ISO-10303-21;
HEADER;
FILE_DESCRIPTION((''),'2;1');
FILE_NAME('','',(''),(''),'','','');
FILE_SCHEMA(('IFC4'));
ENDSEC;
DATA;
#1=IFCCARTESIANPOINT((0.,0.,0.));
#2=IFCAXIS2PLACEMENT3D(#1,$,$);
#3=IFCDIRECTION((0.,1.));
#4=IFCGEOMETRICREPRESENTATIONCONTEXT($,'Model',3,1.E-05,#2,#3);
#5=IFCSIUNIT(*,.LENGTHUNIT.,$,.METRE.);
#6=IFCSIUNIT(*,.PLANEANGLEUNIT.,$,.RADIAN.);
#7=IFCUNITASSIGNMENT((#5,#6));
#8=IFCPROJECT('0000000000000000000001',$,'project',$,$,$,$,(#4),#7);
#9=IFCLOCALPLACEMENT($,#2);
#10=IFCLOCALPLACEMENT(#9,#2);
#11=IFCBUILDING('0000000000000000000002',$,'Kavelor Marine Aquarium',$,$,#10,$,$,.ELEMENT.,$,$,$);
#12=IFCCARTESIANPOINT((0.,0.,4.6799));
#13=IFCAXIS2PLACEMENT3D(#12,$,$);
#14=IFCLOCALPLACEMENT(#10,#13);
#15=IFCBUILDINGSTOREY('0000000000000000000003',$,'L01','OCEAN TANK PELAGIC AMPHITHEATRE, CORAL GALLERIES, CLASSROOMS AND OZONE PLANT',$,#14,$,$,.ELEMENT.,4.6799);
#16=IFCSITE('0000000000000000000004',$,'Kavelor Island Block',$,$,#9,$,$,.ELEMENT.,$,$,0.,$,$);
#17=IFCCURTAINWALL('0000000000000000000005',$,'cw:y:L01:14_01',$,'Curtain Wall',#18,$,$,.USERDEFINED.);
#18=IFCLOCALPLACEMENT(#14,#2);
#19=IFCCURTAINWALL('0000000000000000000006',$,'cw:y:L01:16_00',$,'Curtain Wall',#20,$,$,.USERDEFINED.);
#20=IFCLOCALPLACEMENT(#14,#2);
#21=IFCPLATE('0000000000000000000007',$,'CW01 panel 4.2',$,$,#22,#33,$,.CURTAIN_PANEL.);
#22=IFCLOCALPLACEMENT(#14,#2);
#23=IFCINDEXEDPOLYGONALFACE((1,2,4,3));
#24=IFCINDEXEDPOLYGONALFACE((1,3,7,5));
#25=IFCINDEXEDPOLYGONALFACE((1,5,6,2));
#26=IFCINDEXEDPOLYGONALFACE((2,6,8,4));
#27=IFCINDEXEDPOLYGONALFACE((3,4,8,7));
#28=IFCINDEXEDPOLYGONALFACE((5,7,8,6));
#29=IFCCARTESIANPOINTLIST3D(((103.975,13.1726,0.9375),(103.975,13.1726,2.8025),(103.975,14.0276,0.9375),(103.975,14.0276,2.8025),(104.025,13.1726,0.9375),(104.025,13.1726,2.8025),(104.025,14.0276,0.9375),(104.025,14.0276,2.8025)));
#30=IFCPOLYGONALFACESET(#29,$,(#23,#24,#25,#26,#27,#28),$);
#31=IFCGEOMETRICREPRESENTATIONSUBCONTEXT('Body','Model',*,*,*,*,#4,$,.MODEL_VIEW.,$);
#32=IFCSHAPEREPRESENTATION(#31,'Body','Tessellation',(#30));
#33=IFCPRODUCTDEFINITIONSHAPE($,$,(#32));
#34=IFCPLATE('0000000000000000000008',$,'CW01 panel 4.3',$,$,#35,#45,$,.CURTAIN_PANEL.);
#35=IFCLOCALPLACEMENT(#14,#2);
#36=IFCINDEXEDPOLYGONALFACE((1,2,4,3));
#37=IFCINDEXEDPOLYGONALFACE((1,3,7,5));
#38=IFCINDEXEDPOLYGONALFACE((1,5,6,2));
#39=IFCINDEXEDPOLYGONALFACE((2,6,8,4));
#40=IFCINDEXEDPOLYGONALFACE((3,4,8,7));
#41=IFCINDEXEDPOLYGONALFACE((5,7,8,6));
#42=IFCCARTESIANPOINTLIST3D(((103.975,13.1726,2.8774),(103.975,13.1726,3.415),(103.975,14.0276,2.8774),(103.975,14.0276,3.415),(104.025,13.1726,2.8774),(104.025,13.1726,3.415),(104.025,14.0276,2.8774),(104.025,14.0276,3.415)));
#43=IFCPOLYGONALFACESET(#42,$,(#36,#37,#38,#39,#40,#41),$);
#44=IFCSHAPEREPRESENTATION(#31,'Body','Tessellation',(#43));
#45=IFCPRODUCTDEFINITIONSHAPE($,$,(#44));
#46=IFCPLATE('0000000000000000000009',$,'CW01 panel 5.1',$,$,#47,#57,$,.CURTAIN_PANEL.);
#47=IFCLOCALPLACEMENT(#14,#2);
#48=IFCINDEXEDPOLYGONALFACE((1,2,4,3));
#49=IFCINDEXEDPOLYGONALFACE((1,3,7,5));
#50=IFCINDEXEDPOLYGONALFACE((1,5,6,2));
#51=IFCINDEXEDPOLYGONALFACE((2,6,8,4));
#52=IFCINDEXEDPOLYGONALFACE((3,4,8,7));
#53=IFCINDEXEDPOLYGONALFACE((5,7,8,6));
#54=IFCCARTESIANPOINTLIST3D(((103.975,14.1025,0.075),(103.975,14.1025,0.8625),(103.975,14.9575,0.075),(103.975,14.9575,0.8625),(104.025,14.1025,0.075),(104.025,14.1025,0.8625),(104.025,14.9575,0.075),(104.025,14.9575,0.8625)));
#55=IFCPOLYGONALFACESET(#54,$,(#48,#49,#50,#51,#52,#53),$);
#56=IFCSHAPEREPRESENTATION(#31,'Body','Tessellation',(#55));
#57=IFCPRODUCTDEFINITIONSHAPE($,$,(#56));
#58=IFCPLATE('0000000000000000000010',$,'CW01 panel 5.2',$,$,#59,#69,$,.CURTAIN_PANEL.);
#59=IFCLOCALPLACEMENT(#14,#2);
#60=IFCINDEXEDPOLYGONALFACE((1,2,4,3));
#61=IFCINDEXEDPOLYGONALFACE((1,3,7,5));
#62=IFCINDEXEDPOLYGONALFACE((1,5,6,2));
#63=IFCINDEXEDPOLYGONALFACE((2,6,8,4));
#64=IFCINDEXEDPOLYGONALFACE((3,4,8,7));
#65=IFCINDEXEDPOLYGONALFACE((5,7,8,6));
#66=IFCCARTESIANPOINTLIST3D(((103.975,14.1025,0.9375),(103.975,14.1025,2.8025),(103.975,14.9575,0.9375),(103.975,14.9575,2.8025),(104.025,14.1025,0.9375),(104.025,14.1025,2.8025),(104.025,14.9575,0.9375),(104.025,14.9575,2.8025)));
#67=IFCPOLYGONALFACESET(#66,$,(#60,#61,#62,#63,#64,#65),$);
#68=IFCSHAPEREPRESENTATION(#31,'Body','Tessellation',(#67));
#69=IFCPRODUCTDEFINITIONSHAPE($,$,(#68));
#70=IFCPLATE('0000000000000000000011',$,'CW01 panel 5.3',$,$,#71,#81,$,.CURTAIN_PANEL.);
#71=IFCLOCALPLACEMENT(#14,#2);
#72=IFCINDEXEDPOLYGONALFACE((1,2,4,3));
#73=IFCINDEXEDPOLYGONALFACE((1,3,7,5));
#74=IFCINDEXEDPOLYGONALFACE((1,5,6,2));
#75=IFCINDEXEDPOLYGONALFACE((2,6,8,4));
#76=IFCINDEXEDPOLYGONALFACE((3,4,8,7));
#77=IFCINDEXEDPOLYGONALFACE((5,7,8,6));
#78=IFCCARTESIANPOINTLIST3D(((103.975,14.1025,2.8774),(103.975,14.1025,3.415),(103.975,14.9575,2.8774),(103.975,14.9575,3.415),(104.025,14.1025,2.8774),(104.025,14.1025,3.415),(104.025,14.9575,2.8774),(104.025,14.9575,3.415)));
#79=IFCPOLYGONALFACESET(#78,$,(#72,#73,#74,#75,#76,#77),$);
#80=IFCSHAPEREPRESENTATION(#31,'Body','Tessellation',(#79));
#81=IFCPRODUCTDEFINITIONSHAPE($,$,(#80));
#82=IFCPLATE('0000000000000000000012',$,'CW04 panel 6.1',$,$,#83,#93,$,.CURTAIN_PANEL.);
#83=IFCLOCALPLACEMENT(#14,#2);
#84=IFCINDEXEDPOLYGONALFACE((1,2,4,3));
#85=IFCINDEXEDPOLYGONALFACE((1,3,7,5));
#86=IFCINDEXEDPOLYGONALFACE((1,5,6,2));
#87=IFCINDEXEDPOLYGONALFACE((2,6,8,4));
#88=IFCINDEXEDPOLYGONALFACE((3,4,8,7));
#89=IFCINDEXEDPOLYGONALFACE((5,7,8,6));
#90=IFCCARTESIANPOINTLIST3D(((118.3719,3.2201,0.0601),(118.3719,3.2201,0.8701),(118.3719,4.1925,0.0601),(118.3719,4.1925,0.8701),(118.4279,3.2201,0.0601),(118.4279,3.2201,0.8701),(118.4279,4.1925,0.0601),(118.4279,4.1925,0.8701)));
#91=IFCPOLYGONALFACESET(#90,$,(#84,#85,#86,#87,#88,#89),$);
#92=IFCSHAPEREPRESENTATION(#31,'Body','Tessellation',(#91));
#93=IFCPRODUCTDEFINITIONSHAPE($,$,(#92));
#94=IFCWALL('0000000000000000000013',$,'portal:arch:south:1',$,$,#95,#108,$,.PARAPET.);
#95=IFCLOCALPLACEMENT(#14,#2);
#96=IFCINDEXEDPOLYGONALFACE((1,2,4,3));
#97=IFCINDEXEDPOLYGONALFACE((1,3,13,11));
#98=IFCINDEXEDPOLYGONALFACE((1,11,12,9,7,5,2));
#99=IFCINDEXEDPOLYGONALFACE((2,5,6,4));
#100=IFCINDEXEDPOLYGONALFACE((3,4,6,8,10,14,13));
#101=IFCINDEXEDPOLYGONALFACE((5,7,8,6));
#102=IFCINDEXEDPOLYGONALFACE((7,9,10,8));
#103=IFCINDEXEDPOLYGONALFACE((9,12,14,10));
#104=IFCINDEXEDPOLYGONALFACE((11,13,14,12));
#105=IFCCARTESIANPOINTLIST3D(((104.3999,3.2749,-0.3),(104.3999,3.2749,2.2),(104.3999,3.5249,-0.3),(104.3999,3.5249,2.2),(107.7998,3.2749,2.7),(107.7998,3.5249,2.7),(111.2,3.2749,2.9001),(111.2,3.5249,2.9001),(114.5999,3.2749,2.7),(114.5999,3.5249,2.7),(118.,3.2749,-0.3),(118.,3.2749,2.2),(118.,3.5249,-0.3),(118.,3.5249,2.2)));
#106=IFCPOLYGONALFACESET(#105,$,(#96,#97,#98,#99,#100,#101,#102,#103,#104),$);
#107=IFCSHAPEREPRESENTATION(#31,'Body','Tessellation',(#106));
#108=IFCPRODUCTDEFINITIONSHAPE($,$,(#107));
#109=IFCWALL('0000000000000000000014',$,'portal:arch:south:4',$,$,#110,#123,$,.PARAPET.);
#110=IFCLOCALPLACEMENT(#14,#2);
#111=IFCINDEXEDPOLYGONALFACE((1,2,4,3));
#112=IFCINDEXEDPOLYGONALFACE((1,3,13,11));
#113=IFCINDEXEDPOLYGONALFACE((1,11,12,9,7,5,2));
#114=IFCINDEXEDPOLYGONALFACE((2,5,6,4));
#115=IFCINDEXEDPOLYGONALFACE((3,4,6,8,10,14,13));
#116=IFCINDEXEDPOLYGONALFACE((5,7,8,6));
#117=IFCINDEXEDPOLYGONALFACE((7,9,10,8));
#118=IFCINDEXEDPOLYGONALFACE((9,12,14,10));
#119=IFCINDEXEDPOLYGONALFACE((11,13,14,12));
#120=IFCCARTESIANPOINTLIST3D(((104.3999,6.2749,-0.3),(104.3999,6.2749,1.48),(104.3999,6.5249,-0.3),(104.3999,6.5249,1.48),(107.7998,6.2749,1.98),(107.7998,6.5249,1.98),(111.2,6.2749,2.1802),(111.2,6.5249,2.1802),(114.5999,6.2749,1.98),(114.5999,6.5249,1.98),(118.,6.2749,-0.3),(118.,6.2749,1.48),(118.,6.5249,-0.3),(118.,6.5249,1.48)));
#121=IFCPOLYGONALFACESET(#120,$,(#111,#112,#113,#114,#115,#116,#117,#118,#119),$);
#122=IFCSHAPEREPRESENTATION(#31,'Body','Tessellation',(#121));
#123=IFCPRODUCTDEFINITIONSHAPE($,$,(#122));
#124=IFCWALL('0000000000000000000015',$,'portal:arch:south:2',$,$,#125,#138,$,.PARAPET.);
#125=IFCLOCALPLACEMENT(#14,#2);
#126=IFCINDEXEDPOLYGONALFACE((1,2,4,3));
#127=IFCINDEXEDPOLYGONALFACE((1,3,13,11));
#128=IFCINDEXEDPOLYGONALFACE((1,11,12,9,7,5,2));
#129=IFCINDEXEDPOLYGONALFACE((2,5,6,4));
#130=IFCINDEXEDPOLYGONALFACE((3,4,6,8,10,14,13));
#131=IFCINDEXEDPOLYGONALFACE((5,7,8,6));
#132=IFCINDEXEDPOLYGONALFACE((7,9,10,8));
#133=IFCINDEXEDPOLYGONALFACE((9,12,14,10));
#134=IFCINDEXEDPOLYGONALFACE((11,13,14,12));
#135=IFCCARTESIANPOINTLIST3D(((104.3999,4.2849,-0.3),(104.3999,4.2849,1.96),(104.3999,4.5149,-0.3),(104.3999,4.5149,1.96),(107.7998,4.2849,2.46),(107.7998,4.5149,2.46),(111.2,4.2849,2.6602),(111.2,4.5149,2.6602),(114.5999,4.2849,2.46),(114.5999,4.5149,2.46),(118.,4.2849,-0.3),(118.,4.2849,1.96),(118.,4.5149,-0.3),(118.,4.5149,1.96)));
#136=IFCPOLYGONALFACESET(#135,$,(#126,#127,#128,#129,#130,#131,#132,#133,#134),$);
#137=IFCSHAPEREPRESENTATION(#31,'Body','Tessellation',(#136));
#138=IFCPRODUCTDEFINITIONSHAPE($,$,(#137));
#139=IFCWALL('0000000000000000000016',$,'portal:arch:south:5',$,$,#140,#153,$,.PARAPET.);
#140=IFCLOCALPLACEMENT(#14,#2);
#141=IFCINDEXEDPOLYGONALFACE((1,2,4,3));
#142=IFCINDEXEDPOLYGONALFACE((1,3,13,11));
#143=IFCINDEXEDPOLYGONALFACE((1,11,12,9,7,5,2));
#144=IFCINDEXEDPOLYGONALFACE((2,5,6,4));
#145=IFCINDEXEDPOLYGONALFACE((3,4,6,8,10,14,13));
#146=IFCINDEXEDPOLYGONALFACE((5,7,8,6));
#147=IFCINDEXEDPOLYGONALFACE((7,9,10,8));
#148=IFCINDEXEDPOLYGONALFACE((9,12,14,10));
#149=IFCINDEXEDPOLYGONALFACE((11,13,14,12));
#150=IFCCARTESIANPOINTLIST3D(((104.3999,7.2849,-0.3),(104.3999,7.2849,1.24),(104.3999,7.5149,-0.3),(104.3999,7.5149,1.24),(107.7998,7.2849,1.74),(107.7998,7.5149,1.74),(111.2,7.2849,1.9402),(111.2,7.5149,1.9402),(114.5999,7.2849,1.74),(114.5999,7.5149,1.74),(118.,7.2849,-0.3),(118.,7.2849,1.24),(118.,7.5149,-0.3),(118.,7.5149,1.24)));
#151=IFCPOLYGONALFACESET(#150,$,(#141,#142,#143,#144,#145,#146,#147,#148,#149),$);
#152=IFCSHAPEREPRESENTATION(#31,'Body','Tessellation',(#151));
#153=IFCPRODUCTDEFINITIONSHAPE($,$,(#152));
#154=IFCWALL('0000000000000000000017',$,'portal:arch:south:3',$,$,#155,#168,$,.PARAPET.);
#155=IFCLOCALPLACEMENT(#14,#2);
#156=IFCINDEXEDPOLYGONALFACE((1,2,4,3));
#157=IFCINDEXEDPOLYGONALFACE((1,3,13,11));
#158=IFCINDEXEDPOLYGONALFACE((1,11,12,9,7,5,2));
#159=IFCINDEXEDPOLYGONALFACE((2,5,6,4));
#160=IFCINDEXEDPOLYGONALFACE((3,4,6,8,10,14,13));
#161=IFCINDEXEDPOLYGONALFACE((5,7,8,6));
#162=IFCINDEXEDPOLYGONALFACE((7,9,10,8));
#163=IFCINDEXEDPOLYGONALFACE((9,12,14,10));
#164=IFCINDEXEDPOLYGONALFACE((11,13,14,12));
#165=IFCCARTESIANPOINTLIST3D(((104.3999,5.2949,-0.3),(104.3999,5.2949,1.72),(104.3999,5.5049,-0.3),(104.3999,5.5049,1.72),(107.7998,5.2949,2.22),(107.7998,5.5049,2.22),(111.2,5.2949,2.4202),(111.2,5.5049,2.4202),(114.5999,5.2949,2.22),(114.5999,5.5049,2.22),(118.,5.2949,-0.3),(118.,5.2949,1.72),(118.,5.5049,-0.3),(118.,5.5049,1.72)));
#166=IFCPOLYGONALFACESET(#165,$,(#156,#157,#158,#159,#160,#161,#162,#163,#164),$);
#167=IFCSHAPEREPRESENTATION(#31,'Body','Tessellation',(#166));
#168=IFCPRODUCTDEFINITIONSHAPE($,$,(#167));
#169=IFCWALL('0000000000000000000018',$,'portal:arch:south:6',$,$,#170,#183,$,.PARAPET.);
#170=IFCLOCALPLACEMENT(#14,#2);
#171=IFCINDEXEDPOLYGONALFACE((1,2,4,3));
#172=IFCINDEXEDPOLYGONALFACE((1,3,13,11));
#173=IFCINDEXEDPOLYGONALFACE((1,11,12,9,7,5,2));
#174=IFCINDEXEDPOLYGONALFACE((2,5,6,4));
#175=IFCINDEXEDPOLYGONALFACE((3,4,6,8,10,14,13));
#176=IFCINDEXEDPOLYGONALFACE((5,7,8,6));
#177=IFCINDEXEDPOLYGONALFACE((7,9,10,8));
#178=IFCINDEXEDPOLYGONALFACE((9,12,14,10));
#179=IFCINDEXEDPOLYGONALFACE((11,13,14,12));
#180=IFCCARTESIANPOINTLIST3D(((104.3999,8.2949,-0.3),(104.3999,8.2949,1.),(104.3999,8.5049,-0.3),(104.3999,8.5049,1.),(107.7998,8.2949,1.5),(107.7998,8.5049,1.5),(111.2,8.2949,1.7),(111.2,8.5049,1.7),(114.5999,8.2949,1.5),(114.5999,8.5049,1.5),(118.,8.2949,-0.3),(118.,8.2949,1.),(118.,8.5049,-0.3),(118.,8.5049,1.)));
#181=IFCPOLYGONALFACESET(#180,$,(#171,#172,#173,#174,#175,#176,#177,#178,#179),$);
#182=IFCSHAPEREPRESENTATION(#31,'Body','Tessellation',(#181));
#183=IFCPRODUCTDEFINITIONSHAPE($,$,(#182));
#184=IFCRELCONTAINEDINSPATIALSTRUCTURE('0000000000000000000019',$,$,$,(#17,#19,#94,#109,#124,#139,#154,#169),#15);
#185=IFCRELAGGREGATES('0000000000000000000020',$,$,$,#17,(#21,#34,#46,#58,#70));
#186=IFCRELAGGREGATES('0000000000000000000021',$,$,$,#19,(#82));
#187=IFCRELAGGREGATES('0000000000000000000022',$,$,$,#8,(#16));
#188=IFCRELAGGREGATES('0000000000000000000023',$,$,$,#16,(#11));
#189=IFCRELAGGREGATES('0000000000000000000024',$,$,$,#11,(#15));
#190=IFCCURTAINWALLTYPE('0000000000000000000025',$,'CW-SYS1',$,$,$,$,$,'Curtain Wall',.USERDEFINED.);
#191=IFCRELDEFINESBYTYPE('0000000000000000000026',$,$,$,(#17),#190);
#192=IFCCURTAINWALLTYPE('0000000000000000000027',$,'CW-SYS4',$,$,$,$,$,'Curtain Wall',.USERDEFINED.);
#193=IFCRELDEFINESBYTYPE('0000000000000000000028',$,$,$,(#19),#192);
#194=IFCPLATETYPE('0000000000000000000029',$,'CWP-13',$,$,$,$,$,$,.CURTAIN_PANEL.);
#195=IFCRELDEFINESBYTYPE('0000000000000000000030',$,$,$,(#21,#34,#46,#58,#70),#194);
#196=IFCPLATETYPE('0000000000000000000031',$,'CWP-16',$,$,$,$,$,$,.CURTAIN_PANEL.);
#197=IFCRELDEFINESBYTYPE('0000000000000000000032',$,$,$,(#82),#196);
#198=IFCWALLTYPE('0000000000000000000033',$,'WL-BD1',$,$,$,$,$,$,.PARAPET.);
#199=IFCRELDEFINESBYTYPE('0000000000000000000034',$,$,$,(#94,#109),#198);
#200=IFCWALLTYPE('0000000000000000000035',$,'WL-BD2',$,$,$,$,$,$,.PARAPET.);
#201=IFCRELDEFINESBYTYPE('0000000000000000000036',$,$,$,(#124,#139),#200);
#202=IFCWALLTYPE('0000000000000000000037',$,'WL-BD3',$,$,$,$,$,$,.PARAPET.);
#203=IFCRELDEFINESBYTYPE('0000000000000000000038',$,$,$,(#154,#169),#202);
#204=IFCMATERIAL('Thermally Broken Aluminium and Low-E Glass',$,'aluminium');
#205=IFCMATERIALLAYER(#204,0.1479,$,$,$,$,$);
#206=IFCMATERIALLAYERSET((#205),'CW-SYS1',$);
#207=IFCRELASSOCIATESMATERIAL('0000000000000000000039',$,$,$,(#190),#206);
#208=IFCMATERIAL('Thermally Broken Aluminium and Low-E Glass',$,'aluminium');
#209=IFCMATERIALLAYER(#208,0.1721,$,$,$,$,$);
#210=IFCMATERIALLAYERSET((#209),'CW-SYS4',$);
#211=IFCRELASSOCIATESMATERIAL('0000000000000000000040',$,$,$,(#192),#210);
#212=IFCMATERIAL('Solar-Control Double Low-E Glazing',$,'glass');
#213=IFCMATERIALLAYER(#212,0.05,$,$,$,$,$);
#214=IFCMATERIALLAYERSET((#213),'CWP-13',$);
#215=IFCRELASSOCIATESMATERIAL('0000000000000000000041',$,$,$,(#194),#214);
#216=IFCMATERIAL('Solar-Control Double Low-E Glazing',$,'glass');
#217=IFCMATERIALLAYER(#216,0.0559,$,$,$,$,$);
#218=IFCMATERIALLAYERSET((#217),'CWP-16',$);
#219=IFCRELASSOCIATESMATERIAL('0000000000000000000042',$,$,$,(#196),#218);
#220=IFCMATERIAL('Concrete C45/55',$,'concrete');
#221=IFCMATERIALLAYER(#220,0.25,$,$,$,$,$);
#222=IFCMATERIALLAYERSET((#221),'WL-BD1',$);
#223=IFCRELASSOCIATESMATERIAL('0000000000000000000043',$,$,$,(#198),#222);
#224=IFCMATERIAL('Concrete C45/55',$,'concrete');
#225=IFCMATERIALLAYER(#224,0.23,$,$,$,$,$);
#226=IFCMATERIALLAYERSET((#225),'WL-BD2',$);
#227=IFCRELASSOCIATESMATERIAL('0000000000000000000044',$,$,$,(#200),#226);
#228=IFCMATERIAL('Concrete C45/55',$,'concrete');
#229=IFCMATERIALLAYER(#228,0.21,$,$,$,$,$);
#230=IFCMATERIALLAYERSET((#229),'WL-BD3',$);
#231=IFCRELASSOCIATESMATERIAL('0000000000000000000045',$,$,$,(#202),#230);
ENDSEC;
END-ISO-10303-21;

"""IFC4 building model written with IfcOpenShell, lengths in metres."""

from ifc_helpers import new_model, si_unit, direction, frame, origin, origin_2d, place, context, subcontext, project, spatial, polyline, rectangle, outline, extrude, material, layer, layer_set, type_object, element, aggregate, save


model = new_model("IFC4")

# Units and contexts
model_context = context("Model", 3, precision=1e-05, world=origin(), true_north=direction((0.0, 1.0)))
body_context = subcontext(model_context, "Body", "Model", "MODEL_VIEW")
ifc_project = project(units=[si_unit("LENGTHUNIT", "METRE"), si_unit("PLANEANGLEUNIT", "RADIAN")], contexts=[model_context])

# Site, building, storey
site_placement = place(None, origin())
site = spatial("IfcSite", under=ifc_project, at=site_placement, Name="Kavelor Island Block", CompositionType="ELEMENT", RefElevation=0.0)
building_placement = place(site_placement, origin())
building = spatial("IfcBuilding", under=site, at=building_placement, Name="Kavelor Marine Aquarium", CompositionType="ELEMENT")
storey_placement = place(building_placement, frame((0.0, 0.0, 4.6799)))
storey = spatial("IfcBuildingStorey", under=building, at=storey_placement, Name="L01", Description="OCEAN TANK PELAGIC AMPHITHEATRE, CORAL GALLERIES, CLASSROOMS AND OZONE PLANT", CompositionType="ELEMENT", Elevation=4.6799)

# Curtain wall
ifc_material_1 = material(Name="Thermally Broken Aluminium and Low-E Glass", Category="aluminium")
ifc_layer_1 = layer(ifc_material_1, 0.1479)
ifc_layer_set_1 = layer_set([ifc_layer_1], Name="CW-SYS1")
curtain_wall_type_1 = type_object("IfcCurtainWallType", Name="CW-SYS1", ElementType="Curtain Wall", PredefinedType="USERDEFINED", material=ifc_layer_set_1)
curtain_wall_1_placement = place(storey_placement, origin())
curtain_wall_1 = element("IfcCurtainWall", 1, at=curtain_wall_1_placement, inside=storey, type_object=curtain_wall_type_1, Name="cw:y:L01:14_01", ObjectType="Curtain Wall", PredefinedType="USERDEFINED")

# Curtain wall
ifc_material_2 = material(Name="Thermally Broken Aluminium and Low-E Glass", Category="aluminium")
ifc_layer_2 = layer(ifc_material_2, 0.1721)
ifc_layer_set_2 = layer_set([ifc_layer_2], Name="CW-SYS4")
curtain_wall_type_2 = type_object("IfcCurtainWallType", Name="CW-SYS4", ElementType="Curtain Wall", PredefinedType="USERDEFINED", material=ifc_layer_set_2)
curtain_wall_2_placement = place(storey_placement, origin())
curtain_wall_2 = element("IfcCurtainWall", 2, at=curtain_wall_2_placement, inside=storey, type_object=curtain_wall_type_2, Name="cw:y:L01:16_00", ObjectType="Curtain Wall", PredefinedType="USERDEFINED")

# Plates
ifc_material_3 = material(Name="Solar-Control Double Low-E Glazing", Category="glass")
ifc_layer_3 = layer(ifc_material_3, 0.05)
ifc_layer_set_3 = layer_set([ifc_layer_3], Name="CWP-13")
plate_type_1 = type_object("IfcPlateType", Name="CWP-13", PredefinedType="CURTAIN_PANEL", material=ifc_layer_set_3)
plate_1_placement = place(storey_placement, frame((104.0, 13.6001, 0.9375), z_axis=(0.0, 0.0, 1.0), x_axis=(0.0, 1.0, 0.0)))
plate_1 = element("IfcPlate", 3, at=plate_1_placement, type_object=plate_type_1, Name="CW01 panel 4.2", PredefinedType="CURTAIN_PANEL", context=body_context, shape_type="SweptSolid", body=[
    extrude(rectangle(XDim=0.855, YDim=0.05, at=origin_2d()), origin(), (0.0, 0.0, 1.0), 1.865),
])
plate_2_placement = place(storey_placement, frame((104.0, 13.6001, 2.8774), z_axis=(0.0, 0.0, 1.0), x_axis=(0.0, 1.0, 0.0)))
plate_2 = element("IfcPlate", 4, at=plate_2_placement, type_object=plate_type_1, Name="CW01 panel 4.3", PredefinedType="CURTAIN_PANEL", context=body_context, shape_type="SweptSolid", body=[
    extrude(rectangle(XDim=0.855, YDim=0.05, at=origin_2d()), origin(), (0.0, 0.0, 1.0), 0.5376),
])
plate_3_placement = place(storey_placement, frame((104.0, 14.53, 0.075), z_axis=(0.0, 0.0, 1.0), x_axis=(0.0, 1.0, 0.0)))
plate_3 = element("IfcPlate", 5, at=plate_3_placement, type_object=plate_type_1, Name="CW01 panel 5.1", PredefinedType="CURTAIN_PANEL", context=body_context, shape_type="SweptSolid", body=[
    extrude(rectangle(XDim=0.855, YDim=0.05, at=origin_2d()), origin(), (0.0, 0.0, 1.0), 0.7876),
])
plate_4_placement = place(storey_placement, frame((104.0, 14.53, 0.9375), z_axis=(0.0, 0.0, 1.0), x_axis=(0.0, 1.0, 0.0)))
plate_4 = element("IfcPlate", 6, at=plate_4_placement, type_object=plate_type_1, Name="CW01 panel 5.2", PredefinedType="CURTAIN_PANEL", context=body_context, shape_type="SweptSolid", body=[
    extrude(rectangle(XDim=0.855, YDim=0.05, at=origin_2d()), origin(), (0.0, 0.0, 1.0), 1.865),
])
plate_5_placement = place(storey_placement, frame((104.0, 14.53, 2.8774), z_axis=(0.0, 0.0, 1.0), x_axis=(0.0, 1.0, 0.0)))
plate_5 = element("IfcPlate", 7, at=plate_5_placement, type_object=plate_type_1, Name="CW01 panel 5.3", PredefinedType="CURTAIN_PANEL", context=body_context, shape_type="SweptSolid", body=[
    extrude(rectangle(XDim=0.855, YDim=0.05, at=origin_2d()), origin(), (0.0, 0.0, 1.0), 0.5376),
])
aggregate(curtain_wall_1, [plate_1, plate_2, plate_3, plate_4, plate_5])
ifc_material_4 = material(Name="Solar-Control Double Low-E Glazing", Category="glass")
ifc_layer_4 = layer(ifc_material_4, 0.0559)
ifc_layer_set_4 = layer_set([ifc_layer_4], Name="CWP-16")
plate_type_2 = type_object("IfcPlateType", Name="CWP-16", PredefinedType="CURTAIN_PANEL", material=ifc_layer_set_4)
plate_6_placement = place(storey_placement, frame((118.3999, 3.7063, 0.0601), z_axis=(0.0, 0.0, 1.0), x_axis=(0.0, -1.0, 0.0)))
plate_6 = element("IfcPlate", 8, at=plate_6_placement, type_object=plate_type_2, Name="CW04 panel 6.1", PredefinedType="CURTAIN_PANEL", context=body_context, shape_type="SweptSolid", body=[
    extrude(rectangle(XDim=0.9724, YDim=0.0559, at=origin_2d()), origin(), (0.0, 0.0, 1.0), 0.8101),
])
aggregate(curtain_wall_2, [plate_6])

# Walls
ifc_material_5 = material(Name="Concrete C45/55", Category="concrete")
ifc_layer_5 = layer(ifc_material_5, 0.25)
ifc_layer_set_5 = layer_set([ifc_layer_5], Name="WL-BD1")
wall_type_1 = type_object("IfcWallType", Name="WL-BD1", PredefinedType="PARAPET", material=ifc_layer_set_5)
wall_1_placement = place(storey_placement, frame((104.3999, 3.3999, -0.3), z_axis=(0.0, 0.0, 1.0), x_axis=(1.0, 0.0, 0.0)))
element("IfcWall", 9, at=wall_1_placement, inside=storey, type_object=wall_type_1, Name="portal:arch:south:1", PredefinedType="PARAPET", context=body_context, shape_type="SweptSolid", body=[
    extrude(outline(polyline([(0.0, 0.0), (13.6001, 0.0), (13.6001, 2.5), (10.2, 3.0), (6.8, 3.2002), (3.3999, 3.0), (0.0, 2.5), (0.0, 0.0)])), frame((0.0, 0.125, 0.0), z_axis=(0.0, -1.0, 0.0), x_axis=(1.0, 0.0, 0.0)), (0.0, 0.0, 1.0), 0.25),
])
wall_2_placement = place(storey_placement, frame((104.3999, 6.3999, -0.3), z_axis=(0.0, 0.0, 1.0), x_axis=(1.0, 0.0, 0.0)))
element("IfcWall", 10, at=wall_2_placement, inside=storey, type_object=wall_type_1, Name="portal:arch:south:4", PredefinedType="PARAPET", context=body_context, shape_type="SweptSolid", body=[
    extrude(outline(polyline([(0.0, 0.0), (13.6001, 0.0), (13.6001, 1.78), (10.2, 2.28), (6.8, 2.4802), (3.3999, 2.28), (0.0, 1.78), (0.0, 0.0)])), frame((0.0, 0.125, 0.0), z_axis=(0.0, -1.0, 0.0), x_axis=(1.0, 0.0, 0.0)), (0.0, 0.0, 1.0), 0.25),
])
ifc_material_6 = material(Name="Concrete C45/55", Category="concrete")
ifc_layer_6 = layer(ifc_material_6, 0.23)
ifc_layer_set_6 = layer_set([ifc_layer_6], Name="WL-BD2")
wall_type_2 = type_object("IfcWallType", Name="WL-BD2", PredefinedType="PARAPET", material=ifc_layer_set_6)
wall_3_placement = place(storey_placement, frame((104.3999, 4.3999, -0.3), z_axis=(0.0, 0.0, 1.0), x_axis=(1.0, 0.0, 0.0)))
element("IfcWall", 11, at=wall_3_placement, inside=storey, type_object=wall_type_2, Name="portal:arch:south:2", PredefinedType="PARAPET", context=body_context, shape_type="SweptSolid", body=[
    extrude(outline(polyline([(0.0, 0.0), (13.6001, 0.0), (13.6001, 2.26), (10.2, 2.76), (6.8, 2.9602), (3.3999, 2.76), (0.0, 2.26), (0.0, 0.0)])), frame((0.0, 0.115, 0.0), z_axis=(0.0, -1.0, 0.0), x_axis=(1.0, 0.0, 0.0)), (0.0, 0.0, 1.0), 0.23),
])
wall_4_placement = place(storey_placement, frame((104.3999, 7.3999, -0.3), z_axis=(0.0, 0.0, 1.0), x_axis=(1.0, 0.0, 0.0)))
element("IfcWall", 12, at=wall_4_placement, inside=storey, type_object=wall_type_2, Name="portal:arch:south:5", PredefinedType="PARAPET", context=body_context, shape_type="SweptSolid", body=[
    extrude(outline(polyline([(0.0, 0.0), (13.6001, 0.0), (13.6001, 1.54), (10.2, 2.04), (6.8, 2.2402), (3.3999, 2.04), (0.0, 1.54), (0.0, 0.0)])), frame((0.0, 0.115, 0.0), z_axis=(0.0, -1.0, 0.0), x_axis=(1.0, 0.0, 0.0)), (0.0, 0.0, 1.0), 0.23),
])
ifc_material_7 = material(Name="Concrete C45/55", Category="concrete")
ifc_layer_7 = layer(ifc_material_7, 0.21)
ifc_layer_set_7 = layer_set([ifc_layer_7], Name="WL-BD3")
wall_type_3 = type_object("IfcWallType", Name="WL-BD3", PredefinedType="PARAPET", material=ifc_layer_set_7)
wall_5_placement = place(storey_placement, frame((104.3999, 5.3999, -0.3), z_axis=(0.0, 0.0, 1.0), x_axis=(1.0, 0.0, 0.0)))
element("IfcWall", 13, at=wall_5_placement, inside=storey, type_object=wall_type_3, Name="portal:arch:south:3", PredefinedType="PARAPET", context=body_context, shape_type="SweptSolid", body=[
    extrude(outline(polyline([(0.0, 0.0), (13.6001, 0.0), (13.6001, 2.02), (10.2, 2.52), (6.8, 2.7202), (3.3999, 2.52), (0.0, 2.02), (0.0, 0.0)])), frame((0.0, 0.105, 0.0), z_axis=(0.0, -1.0, 0.0), x_axis=(1.0, 0.0, 0.0)), (0.0, 0.0, 1.0), 0.21),
])
wall_6_placement = place(storey_placement, frame((104.3999, 8.3999, -0.3), z_axis=(0.0, 0.0, 1.0), x_axis=(1.0, 0.0, 0.0)))
element("IfcWall", 14, at=wall_6_placement, inside=storey, type_object=wall_type_3, Name="portal:arch:south:6", PredefinedType="PARAPET", context=body_context, shape_type="SweptSolid", body=[
    extrude(outline(polyline([(0.0, 0.0), (13.6001, 0.0), (13.6001, 1.3), (10.2, 1.8), (6.8, 2.0), (3.3999, 1.8), (0.0, 1.3), (0.0, 0.0)])), frame((0.0, 0.105, 0.0), z_axis=(0.0, -1.0, 0.0), x_axis=(1.0, 0.0, 0.0)), (0.0, 0.0, 1.0), 0.21),
])

save(model, "model.ifc")
